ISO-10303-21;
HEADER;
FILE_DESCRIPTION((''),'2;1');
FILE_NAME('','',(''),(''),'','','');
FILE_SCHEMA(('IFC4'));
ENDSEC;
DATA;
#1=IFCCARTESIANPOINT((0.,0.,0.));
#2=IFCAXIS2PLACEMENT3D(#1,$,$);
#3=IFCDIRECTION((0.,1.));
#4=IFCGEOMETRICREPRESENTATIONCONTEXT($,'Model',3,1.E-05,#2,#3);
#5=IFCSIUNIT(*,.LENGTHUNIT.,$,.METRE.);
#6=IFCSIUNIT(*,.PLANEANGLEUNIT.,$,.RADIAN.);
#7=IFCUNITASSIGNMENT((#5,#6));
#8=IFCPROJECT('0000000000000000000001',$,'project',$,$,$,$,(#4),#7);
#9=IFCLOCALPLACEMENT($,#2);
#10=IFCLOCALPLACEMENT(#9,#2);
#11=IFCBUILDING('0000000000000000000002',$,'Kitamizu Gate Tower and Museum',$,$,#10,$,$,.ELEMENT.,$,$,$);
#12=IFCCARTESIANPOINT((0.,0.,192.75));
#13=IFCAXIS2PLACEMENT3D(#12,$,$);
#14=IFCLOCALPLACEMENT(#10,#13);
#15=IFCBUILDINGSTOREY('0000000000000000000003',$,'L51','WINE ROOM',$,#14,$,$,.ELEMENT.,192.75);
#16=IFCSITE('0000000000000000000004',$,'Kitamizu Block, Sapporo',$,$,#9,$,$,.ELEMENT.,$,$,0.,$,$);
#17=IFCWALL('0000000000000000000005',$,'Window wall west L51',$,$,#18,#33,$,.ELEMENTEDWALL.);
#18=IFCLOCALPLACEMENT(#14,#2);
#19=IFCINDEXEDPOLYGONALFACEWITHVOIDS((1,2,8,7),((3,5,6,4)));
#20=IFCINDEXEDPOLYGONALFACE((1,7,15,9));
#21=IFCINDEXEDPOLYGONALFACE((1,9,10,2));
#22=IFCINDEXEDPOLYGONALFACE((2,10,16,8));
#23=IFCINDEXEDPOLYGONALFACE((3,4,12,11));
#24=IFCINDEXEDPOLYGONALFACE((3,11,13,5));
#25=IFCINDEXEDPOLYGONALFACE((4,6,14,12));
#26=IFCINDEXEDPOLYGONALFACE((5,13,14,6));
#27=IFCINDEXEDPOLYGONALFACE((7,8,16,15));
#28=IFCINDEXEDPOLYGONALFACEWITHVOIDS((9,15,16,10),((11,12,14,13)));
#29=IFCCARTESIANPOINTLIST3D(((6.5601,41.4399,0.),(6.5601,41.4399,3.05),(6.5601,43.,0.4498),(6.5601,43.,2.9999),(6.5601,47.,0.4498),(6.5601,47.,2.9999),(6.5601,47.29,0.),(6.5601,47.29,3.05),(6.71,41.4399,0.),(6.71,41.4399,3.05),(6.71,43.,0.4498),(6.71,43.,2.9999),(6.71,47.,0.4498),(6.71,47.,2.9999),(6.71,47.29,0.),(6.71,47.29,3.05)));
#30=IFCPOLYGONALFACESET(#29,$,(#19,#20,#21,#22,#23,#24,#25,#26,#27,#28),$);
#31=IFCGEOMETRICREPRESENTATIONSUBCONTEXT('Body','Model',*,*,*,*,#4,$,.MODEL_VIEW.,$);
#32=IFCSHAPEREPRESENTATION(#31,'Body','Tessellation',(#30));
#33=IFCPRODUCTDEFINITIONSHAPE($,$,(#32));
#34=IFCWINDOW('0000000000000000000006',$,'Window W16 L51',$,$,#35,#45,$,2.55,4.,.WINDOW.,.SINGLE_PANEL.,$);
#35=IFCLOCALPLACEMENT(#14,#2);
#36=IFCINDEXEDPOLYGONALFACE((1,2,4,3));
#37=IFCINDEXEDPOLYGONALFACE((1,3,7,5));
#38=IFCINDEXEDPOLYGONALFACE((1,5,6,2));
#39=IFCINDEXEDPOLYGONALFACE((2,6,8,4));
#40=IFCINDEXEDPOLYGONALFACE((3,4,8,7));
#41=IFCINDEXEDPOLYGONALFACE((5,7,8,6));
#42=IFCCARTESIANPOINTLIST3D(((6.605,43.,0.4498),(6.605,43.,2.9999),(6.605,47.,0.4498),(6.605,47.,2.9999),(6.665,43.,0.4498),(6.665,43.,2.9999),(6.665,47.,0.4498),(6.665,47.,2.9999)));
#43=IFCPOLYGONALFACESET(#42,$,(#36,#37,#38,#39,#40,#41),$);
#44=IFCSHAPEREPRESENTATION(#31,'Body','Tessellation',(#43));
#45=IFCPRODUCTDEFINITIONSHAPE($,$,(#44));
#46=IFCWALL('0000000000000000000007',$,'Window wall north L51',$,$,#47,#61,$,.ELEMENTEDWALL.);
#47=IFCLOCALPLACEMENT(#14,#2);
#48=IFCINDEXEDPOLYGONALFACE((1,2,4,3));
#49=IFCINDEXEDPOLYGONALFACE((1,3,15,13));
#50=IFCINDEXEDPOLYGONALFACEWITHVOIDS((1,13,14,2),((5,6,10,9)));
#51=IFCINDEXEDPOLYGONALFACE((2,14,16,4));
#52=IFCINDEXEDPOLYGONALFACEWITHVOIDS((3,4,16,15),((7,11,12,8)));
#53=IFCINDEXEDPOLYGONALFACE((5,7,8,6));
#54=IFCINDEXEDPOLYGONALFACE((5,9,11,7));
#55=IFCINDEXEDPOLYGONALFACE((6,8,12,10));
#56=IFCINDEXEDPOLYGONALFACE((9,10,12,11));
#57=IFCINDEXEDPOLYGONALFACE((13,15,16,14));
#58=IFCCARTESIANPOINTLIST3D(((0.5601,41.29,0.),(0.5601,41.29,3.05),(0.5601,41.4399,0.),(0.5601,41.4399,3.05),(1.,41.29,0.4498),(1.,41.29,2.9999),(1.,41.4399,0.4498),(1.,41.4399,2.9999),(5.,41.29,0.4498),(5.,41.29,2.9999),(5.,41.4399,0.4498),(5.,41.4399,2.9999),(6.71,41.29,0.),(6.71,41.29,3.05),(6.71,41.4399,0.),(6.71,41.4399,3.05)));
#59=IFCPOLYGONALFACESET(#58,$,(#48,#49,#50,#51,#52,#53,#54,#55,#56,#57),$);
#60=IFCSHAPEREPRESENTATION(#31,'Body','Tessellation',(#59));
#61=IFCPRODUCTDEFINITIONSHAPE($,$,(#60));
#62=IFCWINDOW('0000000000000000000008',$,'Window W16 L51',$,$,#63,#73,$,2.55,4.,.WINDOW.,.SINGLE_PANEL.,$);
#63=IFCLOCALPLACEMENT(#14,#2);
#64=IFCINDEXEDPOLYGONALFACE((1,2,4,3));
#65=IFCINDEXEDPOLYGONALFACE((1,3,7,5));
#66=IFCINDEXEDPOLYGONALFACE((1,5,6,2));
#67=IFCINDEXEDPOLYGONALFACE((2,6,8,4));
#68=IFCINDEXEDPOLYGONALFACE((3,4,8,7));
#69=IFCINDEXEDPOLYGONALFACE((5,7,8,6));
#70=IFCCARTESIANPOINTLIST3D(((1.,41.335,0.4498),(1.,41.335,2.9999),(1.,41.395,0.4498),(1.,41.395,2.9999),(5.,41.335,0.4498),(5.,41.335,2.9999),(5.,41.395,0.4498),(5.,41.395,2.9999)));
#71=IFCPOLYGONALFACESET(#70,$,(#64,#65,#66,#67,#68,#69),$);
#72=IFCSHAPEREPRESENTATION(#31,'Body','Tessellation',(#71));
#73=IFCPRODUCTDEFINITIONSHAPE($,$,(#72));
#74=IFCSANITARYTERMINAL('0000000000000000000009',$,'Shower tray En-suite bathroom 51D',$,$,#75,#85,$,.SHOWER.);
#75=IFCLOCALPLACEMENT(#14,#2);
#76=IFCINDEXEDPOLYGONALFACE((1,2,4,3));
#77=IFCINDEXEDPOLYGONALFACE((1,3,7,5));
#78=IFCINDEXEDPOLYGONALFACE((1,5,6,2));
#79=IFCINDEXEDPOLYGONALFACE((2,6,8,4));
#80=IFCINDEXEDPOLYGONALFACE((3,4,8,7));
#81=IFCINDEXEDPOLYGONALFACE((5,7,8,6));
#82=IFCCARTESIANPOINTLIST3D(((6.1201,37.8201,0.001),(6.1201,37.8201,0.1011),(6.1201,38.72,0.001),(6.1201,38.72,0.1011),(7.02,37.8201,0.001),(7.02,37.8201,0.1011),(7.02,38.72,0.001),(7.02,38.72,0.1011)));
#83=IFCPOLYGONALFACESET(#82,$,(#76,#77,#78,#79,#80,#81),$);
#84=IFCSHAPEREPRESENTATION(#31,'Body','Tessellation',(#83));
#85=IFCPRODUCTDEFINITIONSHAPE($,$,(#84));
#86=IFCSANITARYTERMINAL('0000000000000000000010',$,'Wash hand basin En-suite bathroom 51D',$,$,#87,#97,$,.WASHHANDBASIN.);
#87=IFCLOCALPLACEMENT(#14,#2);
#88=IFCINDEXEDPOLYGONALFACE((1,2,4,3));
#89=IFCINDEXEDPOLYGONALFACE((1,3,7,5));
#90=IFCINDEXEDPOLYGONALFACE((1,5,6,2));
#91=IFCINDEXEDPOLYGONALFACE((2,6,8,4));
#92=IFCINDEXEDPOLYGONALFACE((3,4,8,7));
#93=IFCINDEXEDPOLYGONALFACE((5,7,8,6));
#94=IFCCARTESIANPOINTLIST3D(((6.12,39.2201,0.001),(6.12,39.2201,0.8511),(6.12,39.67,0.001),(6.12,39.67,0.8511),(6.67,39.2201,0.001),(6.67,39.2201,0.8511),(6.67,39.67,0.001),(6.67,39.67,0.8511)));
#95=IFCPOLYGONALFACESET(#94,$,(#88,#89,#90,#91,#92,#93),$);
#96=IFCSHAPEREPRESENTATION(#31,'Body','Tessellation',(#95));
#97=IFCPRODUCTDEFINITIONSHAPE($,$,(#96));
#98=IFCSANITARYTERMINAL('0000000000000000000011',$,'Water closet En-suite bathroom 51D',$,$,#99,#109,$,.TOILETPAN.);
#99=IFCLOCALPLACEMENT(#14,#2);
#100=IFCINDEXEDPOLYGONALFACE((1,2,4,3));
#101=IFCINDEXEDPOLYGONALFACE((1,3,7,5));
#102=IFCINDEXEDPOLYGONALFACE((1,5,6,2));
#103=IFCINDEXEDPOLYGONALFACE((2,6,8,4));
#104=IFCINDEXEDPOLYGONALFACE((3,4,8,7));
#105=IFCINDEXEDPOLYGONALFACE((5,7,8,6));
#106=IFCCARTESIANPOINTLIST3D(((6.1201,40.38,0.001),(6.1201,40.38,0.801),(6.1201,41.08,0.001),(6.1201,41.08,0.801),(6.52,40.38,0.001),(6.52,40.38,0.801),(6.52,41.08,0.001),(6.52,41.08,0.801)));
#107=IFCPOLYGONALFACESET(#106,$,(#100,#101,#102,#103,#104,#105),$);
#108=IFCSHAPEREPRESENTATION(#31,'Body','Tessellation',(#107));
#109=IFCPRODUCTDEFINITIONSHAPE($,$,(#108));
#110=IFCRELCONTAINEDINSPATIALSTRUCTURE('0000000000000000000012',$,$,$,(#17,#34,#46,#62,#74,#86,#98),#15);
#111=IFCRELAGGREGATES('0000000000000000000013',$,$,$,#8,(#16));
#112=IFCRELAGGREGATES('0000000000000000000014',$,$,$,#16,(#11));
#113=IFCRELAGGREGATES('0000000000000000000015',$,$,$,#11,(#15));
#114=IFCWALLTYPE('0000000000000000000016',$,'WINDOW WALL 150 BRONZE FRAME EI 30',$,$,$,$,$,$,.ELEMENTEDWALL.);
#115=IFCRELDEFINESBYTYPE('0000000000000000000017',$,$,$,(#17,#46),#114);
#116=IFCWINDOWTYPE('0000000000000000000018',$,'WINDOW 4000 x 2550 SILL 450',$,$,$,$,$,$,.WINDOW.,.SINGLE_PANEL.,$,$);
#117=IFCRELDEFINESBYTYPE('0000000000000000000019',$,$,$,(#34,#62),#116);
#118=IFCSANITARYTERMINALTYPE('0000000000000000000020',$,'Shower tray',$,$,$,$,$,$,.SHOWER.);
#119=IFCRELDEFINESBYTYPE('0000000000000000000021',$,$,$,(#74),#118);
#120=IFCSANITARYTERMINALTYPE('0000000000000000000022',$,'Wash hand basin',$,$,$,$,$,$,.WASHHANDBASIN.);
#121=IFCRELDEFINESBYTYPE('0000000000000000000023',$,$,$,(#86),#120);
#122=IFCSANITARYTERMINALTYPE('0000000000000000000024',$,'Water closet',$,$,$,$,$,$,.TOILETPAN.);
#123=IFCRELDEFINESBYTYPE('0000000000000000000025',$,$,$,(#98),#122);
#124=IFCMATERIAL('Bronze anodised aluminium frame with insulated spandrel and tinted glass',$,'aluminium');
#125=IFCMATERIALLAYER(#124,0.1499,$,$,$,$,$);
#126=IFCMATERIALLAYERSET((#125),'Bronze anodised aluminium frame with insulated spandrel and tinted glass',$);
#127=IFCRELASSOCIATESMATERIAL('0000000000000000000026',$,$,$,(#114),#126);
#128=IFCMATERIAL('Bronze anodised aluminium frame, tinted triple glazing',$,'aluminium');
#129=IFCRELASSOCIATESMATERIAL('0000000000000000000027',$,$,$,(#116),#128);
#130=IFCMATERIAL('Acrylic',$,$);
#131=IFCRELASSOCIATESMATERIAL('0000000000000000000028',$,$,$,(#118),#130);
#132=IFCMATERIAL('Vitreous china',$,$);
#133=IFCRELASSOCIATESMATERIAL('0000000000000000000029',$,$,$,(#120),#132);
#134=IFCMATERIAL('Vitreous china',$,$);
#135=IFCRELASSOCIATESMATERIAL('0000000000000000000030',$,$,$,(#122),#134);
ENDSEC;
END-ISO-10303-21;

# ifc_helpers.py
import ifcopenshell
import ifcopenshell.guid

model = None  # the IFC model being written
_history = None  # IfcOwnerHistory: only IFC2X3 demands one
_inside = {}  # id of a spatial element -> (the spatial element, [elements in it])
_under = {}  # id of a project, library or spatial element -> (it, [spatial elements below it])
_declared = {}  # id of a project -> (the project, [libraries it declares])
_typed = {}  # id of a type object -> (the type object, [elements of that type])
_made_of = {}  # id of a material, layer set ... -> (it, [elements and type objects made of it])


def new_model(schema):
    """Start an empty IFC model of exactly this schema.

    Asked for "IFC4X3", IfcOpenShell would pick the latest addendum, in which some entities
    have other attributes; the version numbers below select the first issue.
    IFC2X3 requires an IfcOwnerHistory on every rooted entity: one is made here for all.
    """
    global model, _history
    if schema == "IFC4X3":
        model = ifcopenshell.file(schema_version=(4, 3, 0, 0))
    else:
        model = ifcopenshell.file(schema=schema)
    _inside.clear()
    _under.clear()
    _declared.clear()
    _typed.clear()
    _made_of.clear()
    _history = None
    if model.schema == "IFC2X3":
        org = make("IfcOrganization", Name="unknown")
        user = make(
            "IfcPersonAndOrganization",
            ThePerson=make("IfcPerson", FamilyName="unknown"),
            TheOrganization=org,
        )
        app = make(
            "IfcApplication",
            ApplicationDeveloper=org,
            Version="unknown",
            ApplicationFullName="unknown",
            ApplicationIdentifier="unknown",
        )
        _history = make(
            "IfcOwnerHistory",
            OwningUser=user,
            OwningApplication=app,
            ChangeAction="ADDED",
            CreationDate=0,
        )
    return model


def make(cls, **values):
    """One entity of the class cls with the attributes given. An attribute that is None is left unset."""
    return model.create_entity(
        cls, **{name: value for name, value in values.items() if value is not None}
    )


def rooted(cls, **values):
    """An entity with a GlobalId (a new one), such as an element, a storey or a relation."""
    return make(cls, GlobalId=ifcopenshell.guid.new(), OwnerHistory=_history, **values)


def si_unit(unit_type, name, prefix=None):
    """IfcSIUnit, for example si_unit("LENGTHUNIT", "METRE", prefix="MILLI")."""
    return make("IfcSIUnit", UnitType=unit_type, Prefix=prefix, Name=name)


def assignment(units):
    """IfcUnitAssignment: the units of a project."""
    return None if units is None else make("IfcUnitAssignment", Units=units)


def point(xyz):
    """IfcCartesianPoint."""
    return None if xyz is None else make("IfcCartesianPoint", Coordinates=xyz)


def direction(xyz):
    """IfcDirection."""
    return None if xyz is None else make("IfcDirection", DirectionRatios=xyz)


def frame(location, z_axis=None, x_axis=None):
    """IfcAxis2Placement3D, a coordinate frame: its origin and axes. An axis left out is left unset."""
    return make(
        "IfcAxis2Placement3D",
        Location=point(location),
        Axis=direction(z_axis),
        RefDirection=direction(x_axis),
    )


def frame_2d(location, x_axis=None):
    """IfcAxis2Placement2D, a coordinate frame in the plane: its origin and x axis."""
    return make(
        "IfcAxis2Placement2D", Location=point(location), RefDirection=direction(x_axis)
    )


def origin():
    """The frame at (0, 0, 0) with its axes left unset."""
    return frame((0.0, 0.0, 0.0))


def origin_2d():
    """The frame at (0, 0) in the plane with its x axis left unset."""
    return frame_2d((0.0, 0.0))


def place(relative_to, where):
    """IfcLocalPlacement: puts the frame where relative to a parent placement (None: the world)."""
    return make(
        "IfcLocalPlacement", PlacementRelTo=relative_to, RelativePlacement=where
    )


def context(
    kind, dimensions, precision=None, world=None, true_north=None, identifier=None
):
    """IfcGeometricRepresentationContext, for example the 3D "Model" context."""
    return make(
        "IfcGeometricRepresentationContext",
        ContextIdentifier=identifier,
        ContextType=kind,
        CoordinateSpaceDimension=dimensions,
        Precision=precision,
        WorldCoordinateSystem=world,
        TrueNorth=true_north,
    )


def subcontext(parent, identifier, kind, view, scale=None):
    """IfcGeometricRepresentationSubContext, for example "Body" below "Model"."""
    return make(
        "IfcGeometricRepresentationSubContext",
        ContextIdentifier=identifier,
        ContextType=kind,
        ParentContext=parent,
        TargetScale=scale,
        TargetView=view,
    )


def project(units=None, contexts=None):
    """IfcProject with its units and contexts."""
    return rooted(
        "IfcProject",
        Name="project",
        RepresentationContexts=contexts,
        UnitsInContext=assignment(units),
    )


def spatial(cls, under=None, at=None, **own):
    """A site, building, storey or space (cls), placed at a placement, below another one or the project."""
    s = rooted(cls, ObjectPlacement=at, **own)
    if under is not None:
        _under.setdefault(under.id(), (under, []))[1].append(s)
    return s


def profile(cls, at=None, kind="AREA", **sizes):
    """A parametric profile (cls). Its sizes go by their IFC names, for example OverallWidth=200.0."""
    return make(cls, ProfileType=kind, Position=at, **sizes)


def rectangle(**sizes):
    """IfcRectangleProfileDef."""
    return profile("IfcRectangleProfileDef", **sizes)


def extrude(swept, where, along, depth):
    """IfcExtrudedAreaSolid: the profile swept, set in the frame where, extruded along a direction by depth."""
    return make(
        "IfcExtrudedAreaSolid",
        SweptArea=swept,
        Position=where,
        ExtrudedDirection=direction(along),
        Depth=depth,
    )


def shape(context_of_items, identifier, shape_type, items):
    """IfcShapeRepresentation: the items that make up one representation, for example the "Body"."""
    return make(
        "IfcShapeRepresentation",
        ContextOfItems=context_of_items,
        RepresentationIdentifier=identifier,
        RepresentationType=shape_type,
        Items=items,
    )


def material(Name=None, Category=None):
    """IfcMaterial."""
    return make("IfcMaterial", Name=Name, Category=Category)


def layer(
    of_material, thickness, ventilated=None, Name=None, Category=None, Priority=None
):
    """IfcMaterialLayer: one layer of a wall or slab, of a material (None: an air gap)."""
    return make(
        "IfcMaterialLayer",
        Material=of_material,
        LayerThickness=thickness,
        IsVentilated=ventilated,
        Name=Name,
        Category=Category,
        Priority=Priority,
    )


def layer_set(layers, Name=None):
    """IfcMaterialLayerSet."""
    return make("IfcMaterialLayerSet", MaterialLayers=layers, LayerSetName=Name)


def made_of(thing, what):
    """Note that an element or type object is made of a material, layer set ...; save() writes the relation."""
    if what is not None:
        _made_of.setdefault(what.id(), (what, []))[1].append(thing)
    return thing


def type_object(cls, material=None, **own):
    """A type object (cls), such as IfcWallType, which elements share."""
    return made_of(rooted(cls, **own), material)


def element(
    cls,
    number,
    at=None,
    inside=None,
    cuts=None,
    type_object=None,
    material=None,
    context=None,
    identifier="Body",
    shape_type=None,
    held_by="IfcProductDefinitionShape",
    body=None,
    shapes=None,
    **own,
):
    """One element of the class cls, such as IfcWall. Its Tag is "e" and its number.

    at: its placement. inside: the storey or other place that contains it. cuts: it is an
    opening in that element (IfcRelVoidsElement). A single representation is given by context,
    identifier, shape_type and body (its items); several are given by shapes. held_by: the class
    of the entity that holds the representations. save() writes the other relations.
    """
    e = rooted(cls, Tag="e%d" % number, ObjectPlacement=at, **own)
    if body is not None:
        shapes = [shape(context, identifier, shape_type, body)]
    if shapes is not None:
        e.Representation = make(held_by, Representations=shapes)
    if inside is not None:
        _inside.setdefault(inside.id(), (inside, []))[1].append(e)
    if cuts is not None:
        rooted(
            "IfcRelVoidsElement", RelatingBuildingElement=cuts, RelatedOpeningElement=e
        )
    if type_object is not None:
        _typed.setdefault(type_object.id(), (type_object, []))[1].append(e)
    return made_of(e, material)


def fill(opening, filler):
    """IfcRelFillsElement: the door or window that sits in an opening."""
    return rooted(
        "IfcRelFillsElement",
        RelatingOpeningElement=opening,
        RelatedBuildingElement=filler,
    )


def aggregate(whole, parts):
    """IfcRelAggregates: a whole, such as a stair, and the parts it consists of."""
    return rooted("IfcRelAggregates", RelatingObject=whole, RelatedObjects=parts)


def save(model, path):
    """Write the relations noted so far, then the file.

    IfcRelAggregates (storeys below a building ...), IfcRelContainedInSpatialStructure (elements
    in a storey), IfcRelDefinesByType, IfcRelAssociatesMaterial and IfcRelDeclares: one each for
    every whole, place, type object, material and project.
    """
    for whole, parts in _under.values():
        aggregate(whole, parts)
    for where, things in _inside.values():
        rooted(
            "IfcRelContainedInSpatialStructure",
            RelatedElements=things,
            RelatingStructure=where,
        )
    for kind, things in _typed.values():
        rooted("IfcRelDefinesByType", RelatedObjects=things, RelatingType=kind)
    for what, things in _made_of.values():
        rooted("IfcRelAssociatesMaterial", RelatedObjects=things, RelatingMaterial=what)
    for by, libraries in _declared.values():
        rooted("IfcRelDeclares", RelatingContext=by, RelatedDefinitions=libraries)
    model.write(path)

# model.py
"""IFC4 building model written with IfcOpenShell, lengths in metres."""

from ifc_helpers import new_model, si_unit, direction, frame, frame_2d, origin, origin_2d, place, context, subcontext, project, spatial, rectangle, extrude, material, layer, layer_set, type_object, element, fill, save


model = new_model("IFC4")

# Units and contexts
model_context = context("Model", 3, precision=1e-05, world=origin(), true_north=direction((0.0, 1.0)))
body_context = subcontext(model_context, "Body", "Model", "MODEL_VIEW")
ifc_project = project(units=[si_unit("LENGTHUNIT", "METRE"), si_unit("PLANEANGLEUNIT", "RADIAN")], contexts=[model_context])

# Site, building, storey
site_placement = place(None, origin())
site = spatial("IfcSite", under=ifc_project, at=site_placement, Name="Kitamizu Block, Sapporo", CompositionType="ELEMENT", RefElevation=0.0)
building_placement = place(site_placement, origin())
building = spatial("IfcBuilding", under=site, at=building_placement, Name="Kitamizu Gate Tower and Museum", CompositionType="ELEMENT")
storey_placement = place(building_placement, frame((0.0, 0.0, 192.75)))
storey = spatial("IfcBuildingStorey", under=building, at=storey_placement, Name="L51", Description="WINE ROOM", CompositionType="ELEMENT", Elevation=192.75)

# Shared definitions
ifc_material_1 = material(Name="Bronze anodised aluminium frame with insulated spandrel and tinted glass", Category="aluminium")
ifc_layer_1 = layer(ifc_material_1, 0.1499)
ifc_layer_set_1 = layer_set([ifc_layer_1], Name="Bronze anodised aluminium frame with insulated spandrel and tinted glass")
wall_type_1 = type_object("IfcWallType", Name="WINDOW WALL 150 BRONZE FRAME EI 30", PredefinedType="ELEMENTEDWALL", material=ifc_layer_set_1)

# Walls, openings, windows
wall_1_placement = place(storey_placement, frame((6.635, 41.4399, 0.0), z_axis=(0.0, 0.0, 1.0), x_axis=(0.0, 1.0, 0.0)))
wall_1 = element("IfcWall", 1, at=wall_1_placement, inside=storey, type_object=wall_type_1, Name="Window wall west L51", PredefinedType="ELEMENTEDWALL", context=body_context, shape_type="SweptSolid", body=[
    extrude(rectangle(XDim=5.8501, YDim=0.1499, at=frame_2d((2.925, 0.0))), origin(), (0.0, 0.0, 1.0), 3.05),
])
opening_1_placement = place(wall_1_placement, frame((1.5601, 0.0, 0.45)))
opening_1 = element("IfcOpeningElement", 2, at=opening_1_placement, cuts=wall_1, PredefinedType="OPENING", context=body_context, shape_type="SweptSolid", body=[
    extrude(rectangle(XDim=4.0, YDim=2.55, at=frame_2d((2.0, 1.2749))), frame((0.0, 0.085, 0.0), z_axis=(0.0, -1.0, 0.0), x_axis=(1.0, 0.0, 0.0)), (0.0, 0.0, 1.0), 0.1699),
])
ifc_material_2 = material(Name="Bronze anodised aluminium frame, tinted triple glazing", Category="aluminium")
window_type_1 = type_object("IfcWindowType", Name="WINDOW 4000 x 2550 SILL 450", PartitioningType="SINGLE_PANEL", PredefinedType="WINDOW", material=ifc_material_2)
window_1_placement = place(opening_1_placement, origin())
window_1 = element("IfcWindow", 3, at=window_1_placement, inside=storey, type_object=window_type_1, Name="Window W16 L51", OverallHeight=2.55, OverallWidth=4.0, PartitioningType="SINGLE_PANEL", PredefinedType="WINDOW", context=body_context, shape_type="SweptSolid", body=[
    extrude(rectangle(XDim=4.0, YDim=2.55, at=frame_2d((2.0, 1.2749))), frame((0.0, 0.03, 0.0), z_axis=(0.0, -1.0, 0.0), x_axis=(1.0, 0.0, 0.0)), (0.0, 0.0, 1.0), 0.0601),
])
fill(opening_1, window_1)
wall_2_placement = place(storey_placement, frame((0.5601, 41.365, 0.0), z_axis=(0.0, 0.0, 1.0), x_axis=(1.0, 0.0, 0.0)))
wall_2 = element("IfcWall", 4, at=wall_2_placement, inside=storey, type_object=wall_type_1, Name="Window wall north L51", PredefinedType="ELEMENTEDWALL", context=body_context, shape_type="SweptSolid", body=[
    extrude(rectangle(XDim=6.1499, YDim=0.1499, at=frame_2d((3.075, 0.0))), origin(), (0.0, 0.0, 1.0), 3.05),
])
opening_2_placement = place(wall_2_placement, frame((0.4399, 0.0, 0.45)))
opening_2 = element("IfcOpeningElement", 5, at=opening_2_placement, cuts=wall_2, PredefinedType="OPENING", context=body_context, shape_type="SweptSolid", body=[
    extrude(rectangle(XDim=4.0, YDim=2.55, at=frame_2d((2.0, 1.2749))), frame((0.0, 0.085, 0.0), z_axis=(0.0, -1.0, 0.0), x_axis=(1.0, 0.0, 0.0)), (0.0, 0.0, 1.0), 0.1699),
])
window_2_placement = place(opening_2_placement, origin())
window_2 = element("IfcWindow", 6, at=window_2_placement, inside=storey, type_object=window_type_1, Name="Window W16 L51", OverallHeight=2.55, OverallWidth=4.0, PartitioningType="SINGLE_PANEL", PredefinedType="WINDOW", context=body_context, shape_type="SweptSolid", body=[
    extrude(rectangle(XDim=4.0, YDim=2.55, at=frame_2d((2.0, 1.2749))), frame((0.0, 0.03, 0.0), z_axis=(0.0, -1.0, 0.0), x_axis=(1.0, 0.0, 0.0)), (0.0, 0.0, 1.0), 0.0601),
])
fill(opening_2, window_2)

# Sanitary terminals
ifc_material_3 = material(Name="Acrylic")
sanitary_terminal_type_1 = type_object("IfcSanitaryTerminalType", Name="Shower tray", PredefinedType="SHOWER", material=ifc_material_3)
sanitary_terminal_1_placement = place(storey_placement, frame((6.5701, 38.27, 0.001), z_axis=(0.0, 0.0, 1.0), x_axis=(1.0, 0.0, 0.0)))
element("IfcSanitaryTerminal", 7, at=sanitary_terminal_1_placement, inside=storey, type_object=sanitary_terminal_type_1, Name="Shower tray En-suite bathroom 51D", PredefinedType="SHOWER", context=body_context, shape_type="SweptSolid", body=[
    extrude(rectangle(XDim=0.8999, YDim=0.8999, at=origin_2d()), origin(), (0.0, 0.0, 1.0), 0.1001),
])
ifc_material_4 = material(Name="Vitreous china")
sanitary_terminal_type_2 = type_object("IfcSanitaryTerminalType", Name="Wash hand basin", PredefinedType="WASHHANDBASIN", material=ifc_material_4)
sanitary_terminal_2_placement = place(storey_placement, frame((6.395, 39.4451, 0.001), z_axis=(0.0, 0.0, 1.0), x_axis=(1.0, 0.0, 0.0)))
element("IfcSanitaryTerminal", 8, at=sanitary_terminal_2_placement, inside=storey, type_object=sanitary_terminal_type_2, Name="Wash hand basin En-suite bathroom 51D", PredefinedType="WASHHANDBASIN", context=body_context, shape_type="SweptSolid", body=[
    extrude(rectangle(XDim=0.55, YDim=0.45, at=origin_2d()), origin(), (0.0, 0.0, 1.0), 0.8501),
])
ifc_material_5 = material(Name="Vitreous china")
sanitary_terminal_type_3 = type_object("IfcSanitaryTerminalType", Name="Water closet", PredefinedType="TOILETPAN", material=ifc_material_5)
sanitary_terminal_3_placement = place(storey_placement, frame((6.3201, 40.73, 0.001), z_axis=(0.0, 0.0, 1.0), x_axis=(1.0, 0.0, 0.0)))
element("IfcSanitaryTerminal", 9, at=sanitary_terminal_3_placement, inside=storey, type_object=sanitary_terminal_type_3, Name="Water closet En-suite bathroom 51D", PredefinedType="TOILETPAN", context=body_context, shape_type="SweptSolid", body=[
    extrude(rectangle(XDim=0.3999, YDim=0.7, at=origin_2d()), origin(), (0.0, 0.0, 1.0), 0.8),
])

save(model, "model.ifc")
